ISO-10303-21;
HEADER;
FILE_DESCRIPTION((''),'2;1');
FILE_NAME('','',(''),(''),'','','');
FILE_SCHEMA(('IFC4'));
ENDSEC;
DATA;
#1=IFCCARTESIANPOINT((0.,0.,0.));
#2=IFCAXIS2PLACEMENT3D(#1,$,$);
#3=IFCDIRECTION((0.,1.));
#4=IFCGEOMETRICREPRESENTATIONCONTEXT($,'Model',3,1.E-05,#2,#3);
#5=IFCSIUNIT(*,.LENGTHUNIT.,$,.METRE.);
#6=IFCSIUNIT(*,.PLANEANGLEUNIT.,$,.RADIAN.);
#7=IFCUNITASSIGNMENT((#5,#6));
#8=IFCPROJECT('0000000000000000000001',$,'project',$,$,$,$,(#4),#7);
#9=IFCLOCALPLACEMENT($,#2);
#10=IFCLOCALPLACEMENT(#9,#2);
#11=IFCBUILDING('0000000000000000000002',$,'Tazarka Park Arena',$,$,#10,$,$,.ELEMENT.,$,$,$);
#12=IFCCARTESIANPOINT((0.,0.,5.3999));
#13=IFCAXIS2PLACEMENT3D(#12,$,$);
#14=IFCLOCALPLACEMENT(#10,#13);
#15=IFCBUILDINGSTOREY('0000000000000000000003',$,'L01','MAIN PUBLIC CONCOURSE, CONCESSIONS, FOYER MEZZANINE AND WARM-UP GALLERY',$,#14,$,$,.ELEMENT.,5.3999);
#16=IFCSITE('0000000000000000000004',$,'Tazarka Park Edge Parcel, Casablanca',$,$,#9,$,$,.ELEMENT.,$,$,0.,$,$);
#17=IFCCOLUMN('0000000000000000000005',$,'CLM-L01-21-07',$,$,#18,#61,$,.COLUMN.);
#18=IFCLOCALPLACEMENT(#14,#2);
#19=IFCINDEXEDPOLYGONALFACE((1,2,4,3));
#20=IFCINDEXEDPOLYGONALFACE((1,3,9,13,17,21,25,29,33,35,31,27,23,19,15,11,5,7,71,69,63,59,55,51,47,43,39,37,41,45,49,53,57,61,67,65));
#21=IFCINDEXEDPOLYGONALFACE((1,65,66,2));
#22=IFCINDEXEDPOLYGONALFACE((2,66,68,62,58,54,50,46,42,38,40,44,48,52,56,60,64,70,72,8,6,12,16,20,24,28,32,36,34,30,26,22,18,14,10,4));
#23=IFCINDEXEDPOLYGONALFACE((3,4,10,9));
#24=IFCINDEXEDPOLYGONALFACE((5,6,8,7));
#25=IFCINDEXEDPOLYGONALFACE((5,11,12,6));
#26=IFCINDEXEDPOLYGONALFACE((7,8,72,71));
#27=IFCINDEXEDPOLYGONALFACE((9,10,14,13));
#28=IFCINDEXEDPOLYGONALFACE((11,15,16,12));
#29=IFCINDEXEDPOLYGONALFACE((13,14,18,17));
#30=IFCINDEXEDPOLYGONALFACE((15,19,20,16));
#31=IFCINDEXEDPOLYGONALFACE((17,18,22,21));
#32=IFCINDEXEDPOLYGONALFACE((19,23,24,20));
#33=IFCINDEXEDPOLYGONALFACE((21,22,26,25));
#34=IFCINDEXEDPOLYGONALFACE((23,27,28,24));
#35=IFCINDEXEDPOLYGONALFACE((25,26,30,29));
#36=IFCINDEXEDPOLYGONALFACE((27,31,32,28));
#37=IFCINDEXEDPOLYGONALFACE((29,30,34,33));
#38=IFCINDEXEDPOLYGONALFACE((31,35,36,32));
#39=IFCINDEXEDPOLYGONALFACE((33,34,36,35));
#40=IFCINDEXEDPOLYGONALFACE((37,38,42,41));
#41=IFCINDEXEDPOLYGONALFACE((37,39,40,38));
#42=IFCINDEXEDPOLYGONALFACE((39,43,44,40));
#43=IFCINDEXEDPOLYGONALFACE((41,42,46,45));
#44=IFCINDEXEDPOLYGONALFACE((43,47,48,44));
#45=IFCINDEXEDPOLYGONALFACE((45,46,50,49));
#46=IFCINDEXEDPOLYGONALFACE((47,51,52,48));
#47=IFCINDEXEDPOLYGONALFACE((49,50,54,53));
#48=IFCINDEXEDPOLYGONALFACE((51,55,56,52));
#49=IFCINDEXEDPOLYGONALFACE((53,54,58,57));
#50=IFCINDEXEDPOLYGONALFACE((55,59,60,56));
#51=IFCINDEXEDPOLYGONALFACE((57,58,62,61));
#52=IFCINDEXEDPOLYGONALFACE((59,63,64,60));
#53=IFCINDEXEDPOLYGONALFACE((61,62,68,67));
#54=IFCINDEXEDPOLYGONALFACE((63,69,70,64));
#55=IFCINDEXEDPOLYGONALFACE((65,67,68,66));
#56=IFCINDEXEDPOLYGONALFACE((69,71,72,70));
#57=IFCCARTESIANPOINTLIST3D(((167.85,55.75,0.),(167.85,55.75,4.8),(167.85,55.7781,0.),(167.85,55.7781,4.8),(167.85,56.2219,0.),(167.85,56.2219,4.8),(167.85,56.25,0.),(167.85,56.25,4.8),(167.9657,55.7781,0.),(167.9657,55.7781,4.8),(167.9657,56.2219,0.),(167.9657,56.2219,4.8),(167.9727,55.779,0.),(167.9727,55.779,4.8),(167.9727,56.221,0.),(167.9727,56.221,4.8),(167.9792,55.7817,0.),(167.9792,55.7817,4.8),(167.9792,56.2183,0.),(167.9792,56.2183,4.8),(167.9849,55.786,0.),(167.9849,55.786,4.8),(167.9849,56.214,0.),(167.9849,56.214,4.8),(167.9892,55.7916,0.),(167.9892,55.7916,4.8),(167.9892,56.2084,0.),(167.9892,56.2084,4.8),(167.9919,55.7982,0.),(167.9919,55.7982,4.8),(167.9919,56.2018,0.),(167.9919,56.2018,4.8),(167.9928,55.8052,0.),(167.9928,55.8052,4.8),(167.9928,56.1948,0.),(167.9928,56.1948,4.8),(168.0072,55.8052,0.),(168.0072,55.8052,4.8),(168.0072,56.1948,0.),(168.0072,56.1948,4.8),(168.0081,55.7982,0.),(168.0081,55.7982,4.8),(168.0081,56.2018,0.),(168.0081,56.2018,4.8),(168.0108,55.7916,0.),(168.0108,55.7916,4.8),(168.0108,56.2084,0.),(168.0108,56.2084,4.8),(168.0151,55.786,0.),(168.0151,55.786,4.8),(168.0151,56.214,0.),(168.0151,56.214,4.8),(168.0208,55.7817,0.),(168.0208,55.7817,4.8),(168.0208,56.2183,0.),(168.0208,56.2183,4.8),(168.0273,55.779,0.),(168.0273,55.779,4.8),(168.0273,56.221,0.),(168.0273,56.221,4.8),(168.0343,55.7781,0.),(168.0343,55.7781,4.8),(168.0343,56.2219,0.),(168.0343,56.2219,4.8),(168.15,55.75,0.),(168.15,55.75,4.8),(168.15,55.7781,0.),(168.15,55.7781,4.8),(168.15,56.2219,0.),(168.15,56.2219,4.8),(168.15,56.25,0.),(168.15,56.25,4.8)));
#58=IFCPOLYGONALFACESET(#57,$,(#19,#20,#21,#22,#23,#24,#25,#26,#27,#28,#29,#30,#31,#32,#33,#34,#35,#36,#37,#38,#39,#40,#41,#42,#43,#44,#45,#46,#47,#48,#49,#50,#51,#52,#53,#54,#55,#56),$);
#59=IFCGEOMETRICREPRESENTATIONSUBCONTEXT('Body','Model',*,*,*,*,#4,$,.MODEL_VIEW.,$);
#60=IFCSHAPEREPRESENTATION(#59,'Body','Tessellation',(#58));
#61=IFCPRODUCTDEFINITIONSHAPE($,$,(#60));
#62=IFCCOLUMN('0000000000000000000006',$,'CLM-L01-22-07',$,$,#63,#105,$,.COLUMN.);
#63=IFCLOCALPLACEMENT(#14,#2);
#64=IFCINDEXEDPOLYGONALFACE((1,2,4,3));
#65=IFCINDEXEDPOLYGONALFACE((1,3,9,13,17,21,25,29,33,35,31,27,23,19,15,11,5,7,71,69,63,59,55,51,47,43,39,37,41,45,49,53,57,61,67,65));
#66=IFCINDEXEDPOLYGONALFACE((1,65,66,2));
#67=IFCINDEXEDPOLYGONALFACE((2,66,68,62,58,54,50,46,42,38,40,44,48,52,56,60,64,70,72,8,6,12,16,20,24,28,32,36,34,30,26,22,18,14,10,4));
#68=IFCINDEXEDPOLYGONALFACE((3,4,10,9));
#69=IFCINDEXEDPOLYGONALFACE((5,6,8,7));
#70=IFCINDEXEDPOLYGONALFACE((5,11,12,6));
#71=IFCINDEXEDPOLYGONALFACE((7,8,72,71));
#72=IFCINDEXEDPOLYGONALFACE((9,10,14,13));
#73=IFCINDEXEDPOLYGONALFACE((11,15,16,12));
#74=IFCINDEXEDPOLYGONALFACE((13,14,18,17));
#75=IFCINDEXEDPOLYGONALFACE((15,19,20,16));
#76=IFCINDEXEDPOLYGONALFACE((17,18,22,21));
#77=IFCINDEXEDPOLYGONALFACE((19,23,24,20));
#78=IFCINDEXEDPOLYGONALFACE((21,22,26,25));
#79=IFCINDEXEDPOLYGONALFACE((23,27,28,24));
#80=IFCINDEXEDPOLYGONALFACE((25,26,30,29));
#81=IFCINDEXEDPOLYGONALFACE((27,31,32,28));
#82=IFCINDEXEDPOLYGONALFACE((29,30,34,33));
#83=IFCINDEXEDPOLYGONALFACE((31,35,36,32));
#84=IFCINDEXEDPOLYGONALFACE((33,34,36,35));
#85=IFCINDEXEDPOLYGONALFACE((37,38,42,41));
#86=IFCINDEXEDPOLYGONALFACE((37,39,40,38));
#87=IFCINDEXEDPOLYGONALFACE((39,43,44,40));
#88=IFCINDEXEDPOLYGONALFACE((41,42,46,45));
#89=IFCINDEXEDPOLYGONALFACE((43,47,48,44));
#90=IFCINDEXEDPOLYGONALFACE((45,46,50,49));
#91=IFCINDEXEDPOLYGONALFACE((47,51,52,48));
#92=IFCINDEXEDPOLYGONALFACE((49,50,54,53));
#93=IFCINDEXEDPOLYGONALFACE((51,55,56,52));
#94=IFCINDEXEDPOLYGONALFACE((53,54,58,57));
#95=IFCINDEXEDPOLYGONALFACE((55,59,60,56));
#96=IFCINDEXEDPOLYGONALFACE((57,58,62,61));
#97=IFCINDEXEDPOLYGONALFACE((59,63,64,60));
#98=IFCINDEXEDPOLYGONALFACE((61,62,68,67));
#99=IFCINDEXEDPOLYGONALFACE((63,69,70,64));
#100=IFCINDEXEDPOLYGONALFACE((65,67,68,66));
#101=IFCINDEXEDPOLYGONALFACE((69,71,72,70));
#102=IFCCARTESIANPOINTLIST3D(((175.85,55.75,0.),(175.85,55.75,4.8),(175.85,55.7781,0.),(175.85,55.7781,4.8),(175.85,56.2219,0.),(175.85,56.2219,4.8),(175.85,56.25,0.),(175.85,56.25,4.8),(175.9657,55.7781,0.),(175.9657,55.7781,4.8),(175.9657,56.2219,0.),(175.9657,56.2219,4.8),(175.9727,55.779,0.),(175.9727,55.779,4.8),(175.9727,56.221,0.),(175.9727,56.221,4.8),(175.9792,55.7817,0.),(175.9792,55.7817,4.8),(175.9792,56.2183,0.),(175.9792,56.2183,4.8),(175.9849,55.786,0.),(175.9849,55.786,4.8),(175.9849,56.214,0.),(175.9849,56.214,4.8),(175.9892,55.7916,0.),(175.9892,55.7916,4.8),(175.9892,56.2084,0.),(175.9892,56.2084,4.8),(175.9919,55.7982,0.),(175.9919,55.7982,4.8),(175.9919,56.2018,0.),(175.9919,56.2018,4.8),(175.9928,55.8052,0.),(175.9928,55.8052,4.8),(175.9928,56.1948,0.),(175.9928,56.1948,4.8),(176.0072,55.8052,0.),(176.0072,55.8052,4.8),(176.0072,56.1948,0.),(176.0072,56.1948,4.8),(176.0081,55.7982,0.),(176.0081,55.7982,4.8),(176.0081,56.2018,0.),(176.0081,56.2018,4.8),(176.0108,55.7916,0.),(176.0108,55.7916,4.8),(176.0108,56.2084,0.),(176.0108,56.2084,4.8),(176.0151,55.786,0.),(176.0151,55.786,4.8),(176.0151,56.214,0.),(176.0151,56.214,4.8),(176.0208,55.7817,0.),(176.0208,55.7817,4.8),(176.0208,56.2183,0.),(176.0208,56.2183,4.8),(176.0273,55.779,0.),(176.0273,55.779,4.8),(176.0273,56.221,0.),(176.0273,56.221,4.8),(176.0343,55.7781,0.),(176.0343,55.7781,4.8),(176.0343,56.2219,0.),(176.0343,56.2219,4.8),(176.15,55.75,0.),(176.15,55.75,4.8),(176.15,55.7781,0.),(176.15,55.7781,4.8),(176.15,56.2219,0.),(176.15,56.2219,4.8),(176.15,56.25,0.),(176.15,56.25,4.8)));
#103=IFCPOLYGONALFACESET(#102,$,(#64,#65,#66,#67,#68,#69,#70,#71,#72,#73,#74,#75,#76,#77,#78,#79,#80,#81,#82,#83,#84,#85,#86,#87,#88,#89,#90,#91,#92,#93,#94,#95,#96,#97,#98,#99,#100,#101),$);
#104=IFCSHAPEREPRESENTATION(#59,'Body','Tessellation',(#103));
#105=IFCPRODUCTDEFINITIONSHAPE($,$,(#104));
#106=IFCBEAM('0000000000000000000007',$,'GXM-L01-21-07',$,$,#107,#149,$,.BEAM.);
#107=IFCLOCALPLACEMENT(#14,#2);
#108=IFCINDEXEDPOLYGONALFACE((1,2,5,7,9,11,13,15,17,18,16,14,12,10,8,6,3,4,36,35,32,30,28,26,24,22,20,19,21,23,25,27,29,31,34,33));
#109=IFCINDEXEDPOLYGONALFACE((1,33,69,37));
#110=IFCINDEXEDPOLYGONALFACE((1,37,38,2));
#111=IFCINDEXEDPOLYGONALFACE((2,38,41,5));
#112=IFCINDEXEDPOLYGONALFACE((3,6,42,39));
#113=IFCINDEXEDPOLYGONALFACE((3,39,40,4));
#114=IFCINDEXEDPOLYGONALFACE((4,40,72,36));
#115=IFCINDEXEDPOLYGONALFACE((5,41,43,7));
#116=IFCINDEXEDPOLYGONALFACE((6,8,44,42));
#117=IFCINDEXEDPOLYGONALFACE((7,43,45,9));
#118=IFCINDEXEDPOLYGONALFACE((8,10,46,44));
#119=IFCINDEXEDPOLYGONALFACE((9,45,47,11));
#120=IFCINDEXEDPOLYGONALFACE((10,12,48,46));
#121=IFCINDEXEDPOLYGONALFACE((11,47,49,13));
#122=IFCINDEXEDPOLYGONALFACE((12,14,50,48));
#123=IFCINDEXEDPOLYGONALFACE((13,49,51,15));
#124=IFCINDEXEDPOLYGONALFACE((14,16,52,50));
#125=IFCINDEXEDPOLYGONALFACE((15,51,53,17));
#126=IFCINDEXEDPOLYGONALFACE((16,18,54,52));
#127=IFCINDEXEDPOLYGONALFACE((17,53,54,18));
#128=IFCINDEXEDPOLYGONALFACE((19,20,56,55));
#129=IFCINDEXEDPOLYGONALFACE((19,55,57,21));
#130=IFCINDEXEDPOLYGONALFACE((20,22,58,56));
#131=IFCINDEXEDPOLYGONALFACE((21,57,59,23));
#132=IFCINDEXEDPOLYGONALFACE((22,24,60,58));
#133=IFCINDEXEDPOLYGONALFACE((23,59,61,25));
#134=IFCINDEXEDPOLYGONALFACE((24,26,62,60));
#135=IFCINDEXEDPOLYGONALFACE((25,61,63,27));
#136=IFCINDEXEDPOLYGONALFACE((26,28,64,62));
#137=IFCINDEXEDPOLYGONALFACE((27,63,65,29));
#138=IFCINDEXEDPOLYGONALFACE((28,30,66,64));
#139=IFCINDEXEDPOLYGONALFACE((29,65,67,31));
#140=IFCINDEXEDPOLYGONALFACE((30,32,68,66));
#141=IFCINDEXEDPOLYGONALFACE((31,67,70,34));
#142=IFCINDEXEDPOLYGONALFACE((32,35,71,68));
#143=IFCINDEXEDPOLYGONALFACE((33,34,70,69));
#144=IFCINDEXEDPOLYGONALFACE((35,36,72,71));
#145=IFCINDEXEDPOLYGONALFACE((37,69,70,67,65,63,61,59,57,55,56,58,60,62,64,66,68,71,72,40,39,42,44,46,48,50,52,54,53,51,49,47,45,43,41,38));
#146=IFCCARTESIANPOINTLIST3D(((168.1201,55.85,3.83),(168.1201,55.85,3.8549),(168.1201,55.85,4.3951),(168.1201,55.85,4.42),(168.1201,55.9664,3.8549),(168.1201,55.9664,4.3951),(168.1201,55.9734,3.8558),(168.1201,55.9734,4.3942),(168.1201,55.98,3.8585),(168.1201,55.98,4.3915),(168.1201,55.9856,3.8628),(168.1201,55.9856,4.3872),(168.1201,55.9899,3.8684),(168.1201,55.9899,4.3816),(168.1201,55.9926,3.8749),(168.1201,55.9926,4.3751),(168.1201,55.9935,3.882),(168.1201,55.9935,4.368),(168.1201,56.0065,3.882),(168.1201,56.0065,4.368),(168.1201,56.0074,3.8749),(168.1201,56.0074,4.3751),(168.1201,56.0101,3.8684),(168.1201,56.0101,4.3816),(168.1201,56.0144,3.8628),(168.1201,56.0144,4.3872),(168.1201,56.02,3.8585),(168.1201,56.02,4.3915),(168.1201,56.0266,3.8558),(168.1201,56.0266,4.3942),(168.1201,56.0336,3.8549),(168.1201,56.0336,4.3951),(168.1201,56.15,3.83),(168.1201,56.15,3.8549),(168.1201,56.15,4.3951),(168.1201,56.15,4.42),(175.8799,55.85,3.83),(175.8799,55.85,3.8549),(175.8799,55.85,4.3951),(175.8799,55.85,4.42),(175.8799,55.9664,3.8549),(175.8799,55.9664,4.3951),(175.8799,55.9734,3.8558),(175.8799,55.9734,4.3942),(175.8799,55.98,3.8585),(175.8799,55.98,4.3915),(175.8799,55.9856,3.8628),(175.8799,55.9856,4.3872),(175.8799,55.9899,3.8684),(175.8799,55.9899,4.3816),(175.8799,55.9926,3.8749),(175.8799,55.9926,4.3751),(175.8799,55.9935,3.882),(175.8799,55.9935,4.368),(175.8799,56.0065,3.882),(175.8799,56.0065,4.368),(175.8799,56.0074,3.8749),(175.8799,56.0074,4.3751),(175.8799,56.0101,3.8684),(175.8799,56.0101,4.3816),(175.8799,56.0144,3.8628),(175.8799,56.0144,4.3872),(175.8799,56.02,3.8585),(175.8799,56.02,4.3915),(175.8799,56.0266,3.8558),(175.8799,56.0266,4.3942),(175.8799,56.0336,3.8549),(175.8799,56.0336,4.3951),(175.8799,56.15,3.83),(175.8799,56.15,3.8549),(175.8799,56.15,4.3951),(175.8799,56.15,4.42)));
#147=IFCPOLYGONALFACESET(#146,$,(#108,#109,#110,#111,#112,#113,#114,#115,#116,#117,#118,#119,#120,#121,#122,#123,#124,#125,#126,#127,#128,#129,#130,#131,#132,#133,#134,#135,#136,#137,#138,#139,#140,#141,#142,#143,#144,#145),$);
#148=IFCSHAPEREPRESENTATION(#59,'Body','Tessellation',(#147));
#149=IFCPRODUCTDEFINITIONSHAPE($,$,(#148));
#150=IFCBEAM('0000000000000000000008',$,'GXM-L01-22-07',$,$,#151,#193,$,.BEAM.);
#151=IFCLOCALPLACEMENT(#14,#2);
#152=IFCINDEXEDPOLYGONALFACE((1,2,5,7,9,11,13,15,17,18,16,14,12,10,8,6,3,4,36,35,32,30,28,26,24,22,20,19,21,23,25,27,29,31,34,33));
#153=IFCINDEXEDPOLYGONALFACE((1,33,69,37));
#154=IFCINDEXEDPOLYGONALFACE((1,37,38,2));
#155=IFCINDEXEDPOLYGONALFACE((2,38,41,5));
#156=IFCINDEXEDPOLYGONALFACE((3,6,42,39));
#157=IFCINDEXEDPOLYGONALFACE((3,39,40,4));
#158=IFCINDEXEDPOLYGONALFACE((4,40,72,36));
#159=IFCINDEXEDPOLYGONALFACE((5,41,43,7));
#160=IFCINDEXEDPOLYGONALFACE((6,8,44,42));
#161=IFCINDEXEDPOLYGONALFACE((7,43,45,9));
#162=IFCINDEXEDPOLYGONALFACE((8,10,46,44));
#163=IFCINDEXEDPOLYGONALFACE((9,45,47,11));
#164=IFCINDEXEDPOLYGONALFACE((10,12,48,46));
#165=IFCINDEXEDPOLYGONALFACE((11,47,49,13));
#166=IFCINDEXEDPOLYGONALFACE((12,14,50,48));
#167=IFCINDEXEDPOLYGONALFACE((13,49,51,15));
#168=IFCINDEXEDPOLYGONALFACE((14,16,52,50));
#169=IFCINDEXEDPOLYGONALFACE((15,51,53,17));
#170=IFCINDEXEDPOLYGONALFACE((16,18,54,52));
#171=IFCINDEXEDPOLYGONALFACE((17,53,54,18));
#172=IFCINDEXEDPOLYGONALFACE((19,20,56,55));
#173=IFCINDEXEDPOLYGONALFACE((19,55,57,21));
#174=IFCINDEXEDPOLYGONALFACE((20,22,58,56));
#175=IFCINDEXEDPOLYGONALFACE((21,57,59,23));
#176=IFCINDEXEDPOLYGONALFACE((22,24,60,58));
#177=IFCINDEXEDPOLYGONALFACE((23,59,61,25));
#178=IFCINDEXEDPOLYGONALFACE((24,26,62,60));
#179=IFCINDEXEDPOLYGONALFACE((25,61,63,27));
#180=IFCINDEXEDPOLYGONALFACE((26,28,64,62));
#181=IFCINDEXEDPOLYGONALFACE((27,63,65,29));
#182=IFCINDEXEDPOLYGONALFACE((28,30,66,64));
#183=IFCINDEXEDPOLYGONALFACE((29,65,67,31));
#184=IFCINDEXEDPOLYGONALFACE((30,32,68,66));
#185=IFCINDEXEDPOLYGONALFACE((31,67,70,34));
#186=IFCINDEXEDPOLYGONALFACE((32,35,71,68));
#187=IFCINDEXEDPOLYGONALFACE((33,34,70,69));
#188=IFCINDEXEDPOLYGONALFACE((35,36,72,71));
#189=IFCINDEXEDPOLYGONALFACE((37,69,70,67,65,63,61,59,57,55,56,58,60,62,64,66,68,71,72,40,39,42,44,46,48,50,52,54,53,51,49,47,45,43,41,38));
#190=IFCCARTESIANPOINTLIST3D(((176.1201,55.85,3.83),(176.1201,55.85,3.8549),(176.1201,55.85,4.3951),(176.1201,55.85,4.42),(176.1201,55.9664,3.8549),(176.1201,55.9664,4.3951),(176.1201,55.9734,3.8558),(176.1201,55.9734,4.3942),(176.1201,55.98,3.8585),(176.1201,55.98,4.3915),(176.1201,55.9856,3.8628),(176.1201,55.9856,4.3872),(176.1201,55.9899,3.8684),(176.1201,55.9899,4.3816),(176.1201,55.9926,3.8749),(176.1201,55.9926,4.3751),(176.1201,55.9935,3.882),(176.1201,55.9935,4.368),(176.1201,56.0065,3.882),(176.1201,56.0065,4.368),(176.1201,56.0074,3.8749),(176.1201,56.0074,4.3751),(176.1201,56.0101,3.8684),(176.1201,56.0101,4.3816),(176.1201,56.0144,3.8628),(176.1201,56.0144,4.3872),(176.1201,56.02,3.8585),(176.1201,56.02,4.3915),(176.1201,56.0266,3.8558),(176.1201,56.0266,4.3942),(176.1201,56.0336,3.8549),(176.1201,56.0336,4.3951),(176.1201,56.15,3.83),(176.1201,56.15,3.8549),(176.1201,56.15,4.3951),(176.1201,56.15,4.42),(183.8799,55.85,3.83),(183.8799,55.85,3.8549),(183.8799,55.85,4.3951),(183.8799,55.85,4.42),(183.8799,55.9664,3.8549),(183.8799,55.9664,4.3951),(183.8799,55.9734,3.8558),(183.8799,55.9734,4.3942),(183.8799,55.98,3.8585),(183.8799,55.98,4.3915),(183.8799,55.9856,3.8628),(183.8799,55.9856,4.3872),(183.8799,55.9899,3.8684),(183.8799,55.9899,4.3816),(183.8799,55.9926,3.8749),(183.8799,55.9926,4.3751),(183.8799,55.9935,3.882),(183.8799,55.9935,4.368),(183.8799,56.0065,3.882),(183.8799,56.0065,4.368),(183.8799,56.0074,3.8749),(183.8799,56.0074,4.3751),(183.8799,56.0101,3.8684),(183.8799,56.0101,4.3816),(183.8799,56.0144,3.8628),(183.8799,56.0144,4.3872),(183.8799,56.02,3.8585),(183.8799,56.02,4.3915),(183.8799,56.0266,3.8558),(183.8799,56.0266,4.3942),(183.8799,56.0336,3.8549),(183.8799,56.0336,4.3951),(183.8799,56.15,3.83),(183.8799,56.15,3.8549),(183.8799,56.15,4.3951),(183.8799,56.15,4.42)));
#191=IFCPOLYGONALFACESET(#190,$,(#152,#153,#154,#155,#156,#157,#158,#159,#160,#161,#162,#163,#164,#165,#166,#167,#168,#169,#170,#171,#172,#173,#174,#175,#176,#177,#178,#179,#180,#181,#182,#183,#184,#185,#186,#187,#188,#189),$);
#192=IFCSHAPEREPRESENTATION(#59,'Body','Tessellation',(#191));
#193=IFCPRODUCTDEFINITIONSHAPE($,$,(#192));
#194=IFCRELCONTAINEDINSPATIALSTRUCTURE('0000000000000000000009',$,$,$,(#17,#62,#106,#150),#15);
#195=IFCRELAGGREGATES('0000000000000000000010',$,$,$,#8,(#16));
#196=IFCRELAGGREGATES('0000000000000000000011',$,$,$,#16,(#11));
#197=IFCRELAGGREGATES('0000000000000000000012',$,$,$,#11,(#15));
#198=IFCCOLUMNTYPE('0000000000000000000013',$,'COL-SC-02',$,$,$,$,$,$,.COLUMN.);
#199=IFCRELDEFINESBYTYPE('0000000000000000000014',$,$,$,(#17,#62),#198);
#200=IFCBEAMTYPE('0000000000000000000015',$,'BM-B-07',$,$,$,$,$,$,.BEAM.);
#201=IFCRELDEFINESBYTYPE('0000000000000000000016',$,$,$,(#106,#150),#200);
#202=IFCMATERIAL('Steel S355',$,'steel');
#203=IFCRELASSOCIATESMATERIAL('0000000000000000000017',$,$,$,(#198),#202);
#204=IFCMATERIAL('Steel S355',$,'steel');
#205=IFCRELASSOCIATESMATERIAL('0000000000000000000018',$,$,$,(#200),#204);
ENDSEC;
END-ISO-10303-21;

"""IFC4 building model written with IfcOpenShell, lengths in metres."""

from ifc_helpers import new_model, si_unit, direction, frame, origin, origin_2d, place, context, subcontext, project, spatial, i_section, extrude, material, material_profile, profile_set, type_object, element, save


model = new_model("IFC4")

# Units and contexts
model_context = context("Model", 3, precision=1e-05, world=origin(), true_north=direction((0.0, 1.0)))
body_context = subcontext(model_context, "Body", "Model", "MODEL_VIEW")
ifc_project = project(units=[si_unit("LENGTHUNIT", "METRE"), si_unit("PLANEANGLEUNIT", "RADIAN")], contexts=[model_context])

# Site, building, storey
site_placement = place(None, origin())
site = spatial("IfcSite", under=ifc_project, at=site_placement, Name="Tazarka Park Edge Parcel, Casablanca", CompositionType="ELEMENT", RefElevation=0.0)
building_placement = place(site_placement, origin())
building = spatial("IfcBuilding", under=site, at=building_placement, Name="Tazarka Park Arena", CompositionType="ELEMENT")
storey_placement = place(building_placement, frame((0.0, 0.0, 5.3999)))
storey = spatial("IfcBuildingStorey", under=building, at=storey_placement, Name="L01", Description="MAIN PUBLIC CONCOURSE, CONCESSIONS, FOYER MEZZANINE AND WARM-UP GALLERY", CompositionType="ELEMENT", Elevation=5.3999)

# Columns
ifc_material_1 = material(Name="Steel S355", Category="steel")
ifc_material_profile_1 = material_profile(ifc_material_1, i_section(OverallWidth=0.3, OverallDepth=0.5, WebThickness=0.0144, FlangeThickness=0.0281, FilletRadius=0.0271, at=origin_2d()), Name="Steel S355")
ifc_profile_set_1 = profile_set([ifc_material_profile_1], Name="Steel S355")
column_type = type_object("IfcColumnType", Name="COL-SC-02", PredefinedType="COLUMN", material=ifc_profile_set_1)
for number, where, z_axis, x_axis, name in (
    (1, (168.0, 56.0, 0.0), (0.0, 0.0, 1.0), (1.0, 0.0, 0.0), "CLM-L01-21-07"),
    (2, (176.0, 56.0, 0.0), (0.0, 0.0, 1.0), (1.0, 0.0, 0.0), "CLM-L01-22-07"),
):
    element("IfcColumn", number, at=place(storey_placement, frame(where, z_axis=z_axis, x_axis=x_axis)), inside=storey, type_object=column_type, Name=name, PredefinedType="COLUMN", context=body_context, shape_type="SweptSolid", body=[
        extrude(i_section(OverallWidth=0.3, OverallDepth=0.5, WebThickness=0.0144, FlangeThickness=0.0281, FilletRadius=0.0271, at=origin_2d()), origin(), (0.0, 0.0, 1.0), 4.8),
    ])

# Beams
ifc_material_2 = material(Name="Steel S355", Category="steel")
ifc_material_profile_2 = material_profile(ifc_material_2, i_section(OverallWidth=0.3, OverallDepth=0.5901, WebThickness=0.0129, FlangeThickness=0.0249, FilletRadius=0.0271, at=origin_2d()), Name="Steel S355")
ifc_profile_set_2 = profile_set([ifc_material_profile_2], Name="Steel S355")
beam_type_1 = type_object("IfcBeamType", Name="BM-B-07", PredefinedType="BEAM", material=ifc_profile_set_2)
for number, where, z_axis, x_axis, name in (
    (3, (168.1201, 56.0, 4.125), (1.0, 0.0, 0.0), (0.0, 1.0, 0.0), "GXM-L01-21-07"),
    (4, (176.1201, 56.0, 4.125), (1.0, 0.0, 0.0), (0.0, 1.0, 0.0), "GXM-L01-22-07"),
):
    element("IfcBeam", number, at=place(storey_placement, frame(where, z_axis=z_axis, x_axis=x_axis)), inside=storey, type_object=beam_type_1, Name=name, PredefinedType="BEAM", context=body_context, shape_type="SweptSolid", body=[
        extrude(i_section(OverallWidth=0.3, OverallDepth=0.5901, WebThickness=0.0129, FlangeThickness=0.0249, FilletRadius=0.0271, at=origin_2d()), origin(), (0.0, 0.0, 1.0), 7.7598),
    ])

save(model, "model.ifc")
